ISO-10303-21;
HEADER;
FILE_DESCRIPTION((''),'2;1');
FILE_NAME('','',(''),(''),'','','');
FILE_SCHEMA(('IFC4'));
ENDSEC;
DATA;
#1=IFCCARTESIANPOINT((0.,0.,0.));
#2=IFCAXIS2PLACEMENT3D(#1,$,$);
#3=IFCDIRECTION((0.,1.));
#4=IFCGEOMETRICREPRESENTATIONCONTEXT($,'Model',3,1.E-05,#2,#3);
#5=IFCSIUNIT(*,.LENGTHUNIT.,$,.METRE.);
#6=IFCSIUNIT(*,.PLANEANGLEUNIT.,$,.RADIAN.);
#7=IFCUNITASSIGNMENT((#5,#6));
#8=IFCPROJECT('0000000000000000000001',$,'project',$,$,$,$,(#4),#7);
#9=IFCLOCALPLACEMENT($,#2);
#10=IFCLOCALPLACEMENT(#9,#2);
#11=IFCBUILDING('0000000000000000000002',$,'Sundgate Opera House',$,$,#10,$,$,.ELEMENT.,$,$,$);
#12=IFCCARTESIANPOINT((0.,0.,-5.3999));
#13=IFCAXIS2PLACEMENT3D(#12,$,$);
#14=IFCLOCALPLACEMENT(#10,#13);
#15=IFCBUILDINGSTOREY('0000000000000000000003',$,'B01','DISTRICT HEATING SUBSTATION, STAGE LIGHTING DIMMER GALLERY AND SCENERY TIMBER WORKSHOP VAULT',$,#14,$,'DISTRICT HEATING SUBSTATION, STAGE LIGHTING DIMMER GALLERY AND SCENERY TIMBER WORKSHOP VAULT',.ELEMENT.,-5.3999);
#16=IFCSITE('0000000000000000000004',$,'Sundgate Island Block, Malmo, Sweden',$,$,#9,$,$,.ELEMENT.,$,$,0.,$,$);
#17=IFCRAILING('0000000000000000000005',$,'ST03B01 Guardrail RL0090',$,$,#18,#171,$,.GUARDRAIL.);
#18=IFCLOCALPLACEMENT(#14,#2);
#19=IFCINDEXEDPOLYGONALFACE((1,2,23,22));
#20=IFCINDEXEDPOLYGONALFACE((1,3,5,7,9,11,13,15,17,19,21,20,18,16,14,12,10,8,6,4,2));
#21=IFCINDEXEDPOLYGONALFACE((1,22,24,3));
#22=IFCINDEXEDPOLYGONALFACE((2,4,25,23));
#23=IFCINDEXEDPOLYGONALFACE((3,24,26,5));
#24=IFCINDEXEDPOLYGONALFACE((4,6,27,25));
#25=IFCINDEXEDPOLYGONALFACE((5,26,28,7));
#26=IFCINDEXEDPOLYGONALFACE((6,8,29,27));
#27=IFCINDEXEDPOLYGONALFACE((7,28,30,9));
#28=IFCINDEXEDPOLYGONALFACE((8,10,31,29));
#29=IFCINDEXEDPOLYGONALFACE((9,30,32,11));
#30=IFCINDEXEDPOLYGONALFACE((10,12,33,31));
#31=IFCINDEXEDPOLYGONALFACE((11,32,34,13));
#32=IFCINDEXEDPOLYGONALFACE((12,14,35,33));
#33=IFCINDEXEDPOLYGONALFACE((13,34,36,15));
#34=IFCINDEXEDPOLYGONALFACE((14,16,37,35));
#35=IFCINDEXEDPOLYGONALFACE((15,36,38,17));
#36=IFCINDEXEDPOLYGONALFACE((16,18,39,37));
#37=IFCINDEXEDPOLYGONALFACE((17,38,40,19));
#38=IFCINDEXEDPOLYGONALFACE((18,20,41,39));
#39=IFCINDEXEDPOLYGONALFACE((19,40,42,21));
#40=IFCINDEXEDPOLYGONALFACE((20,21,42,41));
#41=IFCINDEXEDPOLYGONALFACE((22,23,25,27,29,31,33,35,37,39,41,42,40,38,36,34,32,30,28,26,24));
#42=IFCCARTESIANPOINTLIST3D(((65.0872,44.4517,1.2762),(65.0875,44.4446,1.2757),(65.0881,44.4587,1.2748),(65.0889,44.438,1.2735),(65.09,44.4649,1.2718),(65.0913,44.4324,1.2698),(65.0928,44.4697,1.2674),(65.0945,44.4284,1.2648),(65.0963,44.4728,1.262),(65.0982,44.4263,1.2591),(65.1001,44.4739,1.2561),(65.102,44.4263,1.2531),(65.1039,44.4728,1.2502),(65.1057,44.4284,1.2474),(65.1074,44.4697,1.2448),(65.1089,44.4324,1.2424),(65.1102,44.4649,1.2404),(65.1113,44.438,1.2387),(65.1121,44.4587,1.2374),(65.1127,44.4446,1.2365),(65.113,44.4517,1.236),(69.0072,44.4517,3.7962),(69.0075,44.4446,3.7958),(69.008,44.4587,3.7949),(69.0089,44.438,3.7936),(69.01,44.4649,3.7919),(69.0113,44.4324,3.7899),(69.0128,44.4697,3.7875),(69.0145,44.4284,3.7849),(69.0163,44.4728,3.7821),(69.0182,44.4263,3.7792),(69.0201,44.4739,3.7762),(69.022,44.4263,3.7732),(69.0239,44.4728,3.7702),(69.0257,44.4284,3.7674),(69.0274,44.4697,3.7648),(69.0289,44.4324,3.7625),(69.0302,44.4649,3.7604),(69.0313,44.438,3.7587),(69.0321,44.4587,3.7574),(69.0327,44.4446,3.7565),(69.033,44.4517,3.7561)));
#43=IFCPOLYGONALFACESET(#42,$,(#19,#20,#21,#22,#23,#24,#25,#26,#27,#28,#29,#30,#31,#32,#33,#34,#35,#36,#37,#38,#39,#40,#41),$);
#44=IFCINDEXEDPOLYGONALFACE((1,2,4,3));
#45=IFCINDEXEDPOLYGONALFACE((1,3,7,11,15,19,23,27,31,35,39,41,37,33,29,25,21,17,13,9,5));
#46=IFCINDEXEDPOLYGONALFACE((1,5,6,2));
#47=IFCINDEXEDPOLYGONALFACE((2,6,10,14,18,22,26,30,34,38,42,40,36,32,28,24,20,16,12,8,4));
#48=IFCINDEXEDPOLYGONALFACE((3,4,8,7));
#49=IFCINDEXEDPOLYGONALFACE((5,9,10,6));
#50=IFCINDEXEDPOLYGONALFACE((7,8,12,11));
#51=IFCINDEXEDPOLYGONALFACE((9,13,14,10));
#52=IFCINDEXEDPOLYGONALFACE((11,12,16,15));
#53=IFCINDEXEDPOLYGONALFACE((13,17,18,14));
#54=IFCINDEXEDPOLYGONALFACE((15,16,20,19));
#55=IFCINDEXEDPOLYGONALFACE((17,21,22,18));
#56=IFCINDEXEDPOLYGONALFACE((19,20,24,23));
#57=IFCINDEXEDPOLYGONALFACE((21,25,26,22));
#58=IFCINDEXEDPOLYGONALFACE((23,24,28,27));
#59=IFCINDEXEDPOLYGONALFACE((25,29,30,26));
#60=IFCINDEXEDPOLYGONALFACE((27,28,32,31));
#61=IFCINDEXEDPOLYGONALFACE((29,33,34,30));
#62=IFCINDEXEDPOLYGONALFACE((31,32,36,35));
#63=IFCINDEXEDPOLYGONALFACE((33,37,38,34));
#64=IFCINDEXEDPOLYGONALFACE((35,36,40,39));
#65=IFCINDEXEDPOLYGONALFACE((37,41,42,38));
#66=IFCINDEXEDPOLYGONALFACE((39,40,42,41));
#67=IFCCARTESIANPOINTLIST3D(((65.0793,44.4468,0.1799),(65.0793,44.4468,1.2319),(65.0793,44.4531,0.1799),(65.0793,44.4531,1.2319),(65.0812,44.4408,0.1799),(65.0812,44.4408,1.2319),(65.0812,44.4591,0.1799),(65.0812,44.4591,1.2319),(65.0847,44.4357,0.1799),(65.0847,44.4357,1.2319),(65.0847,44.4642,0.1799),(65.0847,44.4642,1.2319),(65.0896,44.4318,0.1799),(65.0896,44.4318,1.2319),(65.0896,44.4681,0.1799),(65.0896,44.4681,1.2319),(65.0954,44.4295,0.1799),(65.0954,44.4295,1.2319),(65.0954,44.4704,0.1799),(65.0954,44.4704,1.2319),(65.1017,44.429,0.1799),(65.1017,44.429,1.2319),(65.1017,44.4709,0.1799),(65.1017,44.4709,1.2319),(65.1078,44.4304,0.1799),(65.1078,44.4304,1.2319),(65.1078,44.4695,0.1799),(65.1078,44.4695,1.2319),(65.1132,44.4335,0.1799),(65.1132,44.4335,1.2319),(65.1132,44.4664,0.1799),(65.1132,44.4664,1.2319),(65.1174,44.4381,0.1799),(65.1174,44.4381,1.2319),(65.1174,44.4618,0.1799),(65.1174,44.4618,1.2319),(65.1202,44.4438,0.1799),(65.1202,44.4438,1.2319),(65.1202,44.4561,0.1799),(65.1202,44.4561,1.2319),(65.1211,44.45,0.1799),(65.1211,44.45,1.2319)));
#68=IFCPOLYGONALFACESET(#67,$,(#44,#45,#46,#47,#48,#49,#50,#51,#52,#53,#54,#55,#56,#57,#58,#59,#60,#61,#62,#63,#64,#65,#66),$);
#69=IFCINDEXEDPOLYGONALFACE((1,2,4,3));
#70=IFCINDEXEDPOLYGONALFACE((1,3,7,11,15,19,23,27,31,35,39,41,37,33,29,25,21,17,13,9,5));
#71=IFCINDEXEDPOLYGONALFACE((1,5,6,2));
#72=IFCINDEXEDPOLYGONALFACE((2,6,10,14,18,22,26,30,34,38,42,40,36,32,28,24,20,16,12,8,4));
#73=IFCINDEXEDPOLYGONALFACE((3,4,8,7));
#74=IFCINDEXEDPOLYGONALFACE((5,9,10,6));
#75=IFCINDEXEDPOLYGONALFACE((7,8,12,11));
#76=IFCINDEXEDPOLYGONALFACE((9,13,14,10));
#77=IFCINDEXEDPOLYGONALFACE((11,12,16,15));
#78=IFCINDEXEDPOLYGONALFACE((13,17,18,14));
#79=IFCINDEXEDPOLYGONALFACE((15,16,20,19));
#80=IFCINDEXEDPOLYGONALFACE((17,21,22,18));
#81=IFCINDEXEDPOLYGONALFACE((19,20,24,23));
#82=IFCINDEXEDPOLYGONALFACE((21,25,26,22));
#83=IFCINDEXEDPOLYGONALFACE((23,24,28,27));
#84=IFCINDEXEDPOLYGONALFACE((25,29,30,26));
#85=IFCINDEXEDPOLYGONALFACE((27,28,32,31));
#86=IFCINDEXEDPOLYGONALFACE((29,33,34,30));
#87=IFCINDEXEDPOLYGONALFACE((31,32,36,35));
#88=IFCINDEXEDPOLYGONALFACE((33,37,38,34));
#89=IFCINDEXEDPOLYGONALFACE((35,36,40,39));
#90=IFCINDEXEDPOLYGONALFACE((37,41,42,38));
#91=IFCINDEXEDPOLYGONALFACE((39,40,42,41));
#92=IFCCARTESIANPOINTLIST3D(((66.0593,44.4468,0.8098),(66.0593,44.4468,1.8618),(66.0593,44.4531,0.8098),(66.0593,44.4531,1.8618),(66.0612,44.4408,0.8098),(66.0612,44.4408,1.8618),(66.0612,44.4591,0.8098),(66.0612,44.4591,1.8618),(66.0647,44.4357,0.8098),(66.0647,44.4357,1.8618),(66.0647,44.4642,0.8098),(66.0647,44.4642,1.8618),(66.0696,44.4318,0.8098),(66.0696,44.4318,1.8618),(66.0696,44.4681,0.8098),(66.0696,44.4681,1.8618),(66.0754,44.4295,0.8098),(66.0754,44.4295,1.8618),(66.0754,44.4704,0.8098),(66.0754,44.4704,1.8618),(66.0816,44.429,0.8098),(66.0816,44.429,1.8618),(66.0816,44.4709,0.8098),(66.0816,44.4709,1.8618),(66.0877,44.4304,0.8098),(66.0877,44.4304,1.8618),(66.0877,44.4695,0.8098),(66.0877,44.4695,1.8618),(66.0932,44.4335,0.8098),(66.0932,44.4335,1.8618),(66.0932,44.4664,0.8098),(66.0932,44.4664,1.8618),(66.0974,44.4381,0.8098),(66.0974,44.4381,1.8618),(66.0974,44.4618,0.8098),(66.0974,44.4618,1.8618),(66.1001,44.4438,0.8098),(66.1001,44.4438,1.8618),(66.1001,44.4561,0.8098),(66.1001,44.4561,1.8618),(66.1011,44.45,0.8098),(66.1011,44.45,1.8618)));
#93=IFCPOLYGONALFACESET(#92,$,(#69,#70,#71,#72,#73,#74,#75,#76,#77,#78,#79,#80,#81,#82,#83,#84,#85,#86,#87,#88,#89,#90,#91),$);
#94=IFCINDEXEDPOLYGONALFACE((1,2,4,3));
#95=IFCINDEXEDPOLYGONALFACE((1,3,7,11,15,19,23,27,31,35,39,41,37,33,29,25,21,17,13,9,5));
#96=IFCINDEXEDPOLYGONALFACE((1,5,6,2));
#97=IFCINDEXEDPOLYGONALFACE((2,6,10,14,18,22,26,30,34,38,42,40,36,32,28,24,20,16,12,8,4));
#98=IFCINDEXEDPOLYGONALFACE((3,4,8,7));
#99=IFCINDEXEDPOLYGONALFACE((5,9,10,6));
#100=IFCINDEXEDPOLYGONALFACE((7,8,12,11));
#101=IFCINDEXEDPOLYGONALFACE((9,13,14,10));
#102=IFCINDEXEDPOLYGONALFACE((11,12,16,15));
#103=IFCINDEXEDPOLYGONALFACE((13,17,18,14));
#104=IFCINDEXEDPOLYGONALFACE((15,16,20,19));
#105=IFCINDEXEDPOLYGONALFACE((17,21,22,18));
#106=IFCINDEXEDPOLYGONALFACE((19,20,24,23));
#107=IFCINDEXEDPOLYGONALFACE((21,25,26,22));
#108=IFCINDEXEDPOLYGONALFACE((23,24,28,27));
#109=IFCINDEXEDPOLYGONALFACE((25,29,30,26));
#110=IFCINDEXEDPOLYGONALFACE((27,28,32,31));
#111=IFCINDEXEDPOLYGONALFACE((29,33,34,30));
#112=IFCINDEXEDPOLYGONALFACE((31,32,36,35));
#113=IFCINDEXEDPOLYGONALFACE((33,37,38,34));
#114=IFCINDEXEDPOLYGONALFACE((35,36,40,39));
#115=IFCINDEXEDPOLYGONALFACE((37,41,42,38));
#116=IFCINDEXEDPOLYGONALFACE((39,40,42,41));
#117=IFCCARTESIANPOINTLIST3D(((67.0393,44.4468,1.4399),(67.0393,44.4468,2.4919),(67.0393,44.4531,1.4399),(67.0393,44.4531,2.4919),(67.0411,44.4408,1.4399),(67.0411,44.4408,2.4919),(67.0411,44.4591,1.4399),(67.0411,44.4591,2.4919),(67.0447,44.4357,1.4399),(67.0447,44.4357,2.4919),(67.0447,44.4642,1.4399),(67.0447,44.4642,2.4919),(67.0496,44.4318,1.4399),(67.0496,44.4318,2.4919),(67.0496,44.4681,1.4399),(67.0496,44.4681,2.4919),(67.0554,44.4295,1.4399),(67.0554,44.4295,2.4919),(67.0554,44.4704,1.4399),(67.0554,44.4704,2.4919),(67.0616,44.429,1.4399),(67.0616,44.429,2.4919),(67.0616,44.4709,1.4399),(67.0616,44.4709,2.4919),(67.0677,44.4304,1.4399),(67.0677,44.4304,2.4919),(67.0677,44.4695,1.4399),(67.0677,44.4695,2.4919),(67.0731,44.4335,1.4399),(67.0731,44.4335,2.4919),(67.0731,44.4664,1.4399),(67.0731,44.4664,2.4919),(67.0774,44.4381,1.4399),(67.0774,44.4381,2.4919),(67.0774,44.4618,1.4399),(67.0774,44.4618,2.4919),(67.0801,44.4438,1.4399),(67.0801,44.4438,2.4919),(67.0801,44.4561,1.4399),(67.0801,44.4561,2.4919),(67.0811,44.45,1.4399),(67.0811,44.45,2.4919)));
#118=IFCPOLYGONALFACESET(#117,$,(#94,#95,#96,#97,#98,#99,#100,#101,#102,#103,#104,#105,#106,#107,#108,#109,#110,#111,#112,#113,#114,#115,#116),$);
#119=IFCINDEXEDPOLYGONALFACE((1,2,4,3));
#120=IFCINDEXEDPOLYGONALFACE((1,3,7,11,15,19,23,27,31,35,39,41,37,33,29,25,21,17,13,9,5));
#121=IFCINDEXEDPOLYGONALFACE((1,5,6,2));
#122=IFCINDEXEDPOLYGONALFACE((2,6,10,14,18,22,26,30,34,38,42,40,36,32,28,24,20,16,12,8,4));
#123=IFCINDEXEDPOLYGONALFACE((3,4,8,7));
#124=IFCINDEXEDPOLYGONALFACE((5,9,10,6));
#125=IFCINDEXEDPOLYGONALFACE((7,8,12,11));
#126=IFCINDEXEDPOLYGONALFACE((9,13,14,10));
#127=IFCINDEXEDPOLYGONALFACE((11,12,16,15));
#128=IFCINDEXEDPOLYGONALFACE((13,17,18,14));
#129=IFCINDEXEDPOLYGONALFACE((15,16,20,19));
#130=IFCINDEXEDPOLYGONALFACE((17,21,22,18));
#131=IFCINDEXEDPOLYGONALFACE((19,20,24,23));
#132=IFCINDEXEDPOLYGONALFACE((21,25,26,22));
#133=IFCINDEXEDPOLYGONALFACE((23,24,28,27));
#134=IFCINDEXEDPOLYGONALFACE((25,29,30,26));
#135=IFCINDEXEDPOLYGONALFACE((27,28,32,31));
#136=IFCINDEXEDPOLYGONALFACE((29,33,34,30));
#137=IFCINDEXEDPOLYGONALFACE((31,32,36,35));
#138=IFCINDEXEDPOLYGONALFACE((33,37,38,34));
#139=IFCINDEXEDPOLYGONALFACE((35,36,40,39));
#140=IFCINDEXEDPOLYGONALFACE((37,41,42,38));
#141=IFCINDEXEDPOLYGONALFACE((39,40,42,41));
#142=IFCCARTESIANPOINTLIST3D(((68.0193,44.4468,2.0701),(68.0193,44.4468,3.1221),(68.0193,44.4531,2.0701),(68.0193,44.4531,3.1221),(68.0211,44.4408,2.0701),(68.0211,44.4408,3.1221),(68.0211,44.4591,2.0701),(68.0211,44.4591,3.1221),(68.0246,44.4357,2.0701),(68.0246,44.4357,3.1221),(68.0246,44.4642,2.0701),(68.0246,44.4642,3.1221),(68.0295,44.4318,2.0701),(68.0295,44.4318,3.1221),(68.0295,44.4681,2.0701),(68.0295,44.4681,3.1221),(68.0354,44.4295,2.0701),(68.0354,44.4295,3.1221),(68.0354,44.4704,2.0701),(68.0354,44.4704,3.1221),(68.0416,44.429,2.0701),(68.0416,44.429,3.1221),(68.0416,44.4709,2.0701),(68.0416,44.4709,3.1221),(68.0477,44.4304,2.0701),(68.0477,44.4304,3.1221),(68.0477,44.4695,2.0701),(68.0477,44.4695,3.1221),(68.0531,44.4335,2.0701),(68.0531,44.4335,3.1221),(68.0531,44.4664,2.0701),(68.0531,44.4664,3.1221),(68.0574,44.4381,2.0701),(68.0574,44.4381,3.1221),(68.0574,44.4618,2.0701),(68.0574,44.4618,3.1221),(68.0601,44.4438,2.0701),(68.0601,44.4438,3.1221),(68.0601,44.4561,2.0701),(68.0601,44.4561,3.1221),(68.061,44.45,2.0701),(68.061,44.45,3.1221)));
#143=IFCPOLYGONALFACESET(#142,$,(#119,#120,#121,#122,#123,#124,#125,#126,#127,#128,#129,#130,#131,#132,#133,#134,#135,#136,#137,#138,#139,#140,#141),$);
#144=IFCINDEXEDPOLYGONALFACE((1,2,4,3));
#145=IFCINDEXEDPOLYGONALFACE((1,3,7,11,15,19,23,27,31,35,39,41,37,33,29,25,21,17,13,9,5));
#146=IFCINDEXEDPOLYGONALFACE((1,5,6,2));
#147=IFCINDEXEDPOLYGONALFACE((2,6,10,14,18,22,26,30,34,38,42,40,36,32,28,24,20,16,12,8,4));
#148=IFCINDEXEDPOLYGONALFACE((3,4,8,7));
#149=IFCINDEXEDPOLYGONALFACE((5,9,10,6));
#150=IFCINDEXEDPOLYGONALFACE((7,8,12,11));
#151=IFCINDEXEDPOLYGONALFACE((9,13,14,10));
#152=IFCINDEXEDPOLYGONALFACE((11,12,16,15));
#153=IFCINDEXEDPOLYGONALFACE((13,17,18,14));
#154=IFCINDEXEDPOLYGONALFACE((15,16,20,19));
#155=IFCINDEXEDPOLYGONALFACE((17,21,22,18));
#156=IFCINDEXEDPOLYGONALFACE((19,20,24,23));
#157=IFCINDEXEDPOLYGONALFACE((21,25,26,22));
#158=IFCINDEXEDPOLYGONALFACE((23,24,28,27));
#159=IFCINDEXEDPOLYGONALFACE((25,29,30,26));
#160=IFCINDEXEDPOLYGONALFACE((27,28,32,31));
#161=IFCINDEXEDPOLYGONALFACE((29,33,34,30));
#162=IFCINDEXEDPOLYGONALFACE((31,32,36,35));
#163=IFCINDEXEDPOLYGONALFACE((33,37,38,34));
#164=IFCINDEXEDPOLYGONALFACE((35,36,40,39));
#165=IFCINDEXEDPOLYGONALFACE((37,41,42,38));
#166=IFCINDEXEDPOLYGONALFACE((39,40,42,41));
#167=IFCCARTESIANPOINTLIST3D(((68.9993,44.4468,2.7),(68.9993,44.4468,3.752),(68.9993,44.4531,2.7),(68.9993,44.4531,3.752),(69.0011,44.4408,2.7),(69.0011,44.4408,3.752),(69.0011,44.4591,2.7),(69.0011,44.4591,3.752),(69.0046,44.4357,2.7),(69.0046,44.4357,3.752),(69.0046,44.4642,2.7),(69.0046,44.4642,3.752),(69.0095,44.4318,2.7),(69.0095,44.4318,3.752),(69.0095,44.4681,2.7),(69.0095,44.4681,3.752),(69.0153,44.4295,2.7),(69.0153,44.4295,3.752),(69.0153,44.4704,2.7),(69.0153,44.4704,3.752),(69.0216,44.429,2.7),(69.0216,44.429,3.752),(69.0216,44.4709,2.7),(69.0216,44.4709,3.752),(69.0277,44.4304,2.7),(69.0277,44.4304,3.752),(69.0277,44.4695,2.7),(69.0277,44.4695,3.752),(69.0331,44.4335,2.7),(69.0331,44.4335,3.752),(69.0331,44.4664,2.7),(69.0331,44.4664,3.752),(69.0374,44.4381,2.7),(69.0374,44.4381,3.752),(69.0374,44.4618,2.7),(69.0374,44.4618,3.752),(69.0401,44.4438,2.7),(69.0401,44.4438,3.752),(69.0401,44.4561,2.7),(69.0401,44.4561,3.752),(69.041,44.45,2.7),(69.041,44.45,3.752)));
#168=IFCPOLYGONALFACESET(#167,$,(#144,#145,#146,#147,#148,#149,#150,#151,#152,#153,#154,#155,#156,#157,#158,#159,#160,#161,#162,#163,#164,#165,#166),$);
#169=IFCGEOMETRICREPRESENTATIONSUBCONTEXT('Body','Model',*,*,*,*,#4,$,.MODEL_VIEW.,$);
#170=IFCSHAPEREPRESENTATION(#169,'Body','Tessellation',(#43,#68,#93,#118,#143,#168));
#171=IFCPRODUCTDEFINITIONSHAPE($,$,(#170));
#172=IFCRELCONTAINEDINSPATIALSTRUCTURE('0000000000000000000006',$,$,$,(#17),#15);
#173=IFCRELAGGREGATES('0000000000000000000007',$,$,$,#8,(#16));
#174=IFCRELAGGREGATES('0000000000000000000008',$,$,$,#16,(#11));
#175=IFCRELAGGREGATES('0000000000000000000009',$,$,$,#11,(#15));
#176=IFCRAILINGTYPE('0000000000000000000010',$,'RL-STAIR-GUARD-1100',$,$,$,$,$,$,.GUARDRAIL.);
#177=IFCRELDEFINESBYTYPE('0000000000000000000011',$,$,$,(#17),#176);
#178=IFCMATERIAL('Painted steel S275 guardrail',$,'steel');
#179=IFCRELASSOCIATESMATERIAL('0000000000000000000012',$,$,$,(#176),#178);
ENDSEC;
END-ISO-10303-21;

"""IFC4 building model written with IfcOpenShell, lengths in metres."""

from ifc_helpers import new_model, si_unit, direction, frame, origin, origin_2d, place, context, subcontext, project, spatial, circle, extrude, material, type_object, element, save


model = new_model("IFC4")

# Units and contexts
model_context = context("Model", 3, precision=1e-05, world=origin(), true_north=direction((0.0, 1.0)))
body_context = subcontext(model_context, "Body", "Model", "MODEL_VIEW")
ifc_project = project(units=[si_unit("LENGTHUNIT", "METRE"), si_unit("PLANEANGLEUNIT", "RADIAN")], contexts=[model_context])

# Site, building, storey
site_placement = place(None, origin())
site = spatial("IfcSite", under=ifc_project, at=site_placement, Name="Sundgate Island Block, Malmo, Sweden", CompositionType="ELEMENT", RefElevation=0.0)
building_placement = place(site_placement, origin())
building = spatial("IfcBuilding", under=site, at=building_placement, Name="Sundgate Opera House", CompositionType="ELEMENT")
storey_placement = place(building_placement, frame((0.0, 0.0, -5.3999)))
storey = spatial("IfcBuildingStorey", under=building, at=storey_placement, Name="B01", Description="DISTRICT HEATING SUBSTATION, STAGE LIGHTING DIMMER GALLERY AND SCENERY TIMBER WORKSHOP VAULT", LongName="DISTRICT HEATING SUBSTATION, STAGE LIGHTING DIMMER GALLERY AND SCENERY TIMBER WORKSHOP VAULT", CompositionType="ELEMENT", Elevation=-5.3999)

# Railing
ifc_material_1 = material(Name="Painted steel S275 guardrail", Category="steel")
railing_type_1 = type_object("IfcRailingType", Name="RL-STAIR-GUARD-1100", PredefinedType="GUARDRAIL", material=ifc_material_1)
railing_1_placement = place(storey_placement, frame((65.1001, 44.45, 0.1799)))
element("IfcRailing", 1, at=railing_1_placement, inside=storey, type_object=railing_type_1, Name="ST03B01 Guardrail RL0090", PredefinedType="GUARDRAIL", context=body_context, shape_type="SweptSolid", body=[
    extrude(circle(Radius=0.0239, at=origin_2d()), frame((0.0, 0.0, 1.0762), z_axis=(0.841172, 0.0, 0.540768), x_axis=(0.0, 1.0, 0.0)), (0.0, 0.0, 1.0), 4.6602),
    extrude(circle(Radius=0.021, at=origin_2d()), origin(), (0.0, 0.0, 1.0), 1.052),
    extrude(circle(Radius=0.021, at=origin_2d()), frame((0.98, 0.0, 0.6299)), (0.0, 0.0, 1.0), 1.052),
    extrude(circle(Radius=0.021, at=origin_2d()), frame((1.96, 0.0, 1.26)), (0.0, 0.0, 1.0), 1.052),
    extrude(circle(Radius=0.021, at=origin_2d()), frame((2.9399, 0.0, 1.8901)), (0.0, 0.0, 1.0), 1.052),
    extrude(circle(Radius=0.021, at=origin_2d()), frame((3.9199, 0.0, 2.52)), (0.0, 0.0, 1.0), 1.052),
])

save(model, "model.ifc")
